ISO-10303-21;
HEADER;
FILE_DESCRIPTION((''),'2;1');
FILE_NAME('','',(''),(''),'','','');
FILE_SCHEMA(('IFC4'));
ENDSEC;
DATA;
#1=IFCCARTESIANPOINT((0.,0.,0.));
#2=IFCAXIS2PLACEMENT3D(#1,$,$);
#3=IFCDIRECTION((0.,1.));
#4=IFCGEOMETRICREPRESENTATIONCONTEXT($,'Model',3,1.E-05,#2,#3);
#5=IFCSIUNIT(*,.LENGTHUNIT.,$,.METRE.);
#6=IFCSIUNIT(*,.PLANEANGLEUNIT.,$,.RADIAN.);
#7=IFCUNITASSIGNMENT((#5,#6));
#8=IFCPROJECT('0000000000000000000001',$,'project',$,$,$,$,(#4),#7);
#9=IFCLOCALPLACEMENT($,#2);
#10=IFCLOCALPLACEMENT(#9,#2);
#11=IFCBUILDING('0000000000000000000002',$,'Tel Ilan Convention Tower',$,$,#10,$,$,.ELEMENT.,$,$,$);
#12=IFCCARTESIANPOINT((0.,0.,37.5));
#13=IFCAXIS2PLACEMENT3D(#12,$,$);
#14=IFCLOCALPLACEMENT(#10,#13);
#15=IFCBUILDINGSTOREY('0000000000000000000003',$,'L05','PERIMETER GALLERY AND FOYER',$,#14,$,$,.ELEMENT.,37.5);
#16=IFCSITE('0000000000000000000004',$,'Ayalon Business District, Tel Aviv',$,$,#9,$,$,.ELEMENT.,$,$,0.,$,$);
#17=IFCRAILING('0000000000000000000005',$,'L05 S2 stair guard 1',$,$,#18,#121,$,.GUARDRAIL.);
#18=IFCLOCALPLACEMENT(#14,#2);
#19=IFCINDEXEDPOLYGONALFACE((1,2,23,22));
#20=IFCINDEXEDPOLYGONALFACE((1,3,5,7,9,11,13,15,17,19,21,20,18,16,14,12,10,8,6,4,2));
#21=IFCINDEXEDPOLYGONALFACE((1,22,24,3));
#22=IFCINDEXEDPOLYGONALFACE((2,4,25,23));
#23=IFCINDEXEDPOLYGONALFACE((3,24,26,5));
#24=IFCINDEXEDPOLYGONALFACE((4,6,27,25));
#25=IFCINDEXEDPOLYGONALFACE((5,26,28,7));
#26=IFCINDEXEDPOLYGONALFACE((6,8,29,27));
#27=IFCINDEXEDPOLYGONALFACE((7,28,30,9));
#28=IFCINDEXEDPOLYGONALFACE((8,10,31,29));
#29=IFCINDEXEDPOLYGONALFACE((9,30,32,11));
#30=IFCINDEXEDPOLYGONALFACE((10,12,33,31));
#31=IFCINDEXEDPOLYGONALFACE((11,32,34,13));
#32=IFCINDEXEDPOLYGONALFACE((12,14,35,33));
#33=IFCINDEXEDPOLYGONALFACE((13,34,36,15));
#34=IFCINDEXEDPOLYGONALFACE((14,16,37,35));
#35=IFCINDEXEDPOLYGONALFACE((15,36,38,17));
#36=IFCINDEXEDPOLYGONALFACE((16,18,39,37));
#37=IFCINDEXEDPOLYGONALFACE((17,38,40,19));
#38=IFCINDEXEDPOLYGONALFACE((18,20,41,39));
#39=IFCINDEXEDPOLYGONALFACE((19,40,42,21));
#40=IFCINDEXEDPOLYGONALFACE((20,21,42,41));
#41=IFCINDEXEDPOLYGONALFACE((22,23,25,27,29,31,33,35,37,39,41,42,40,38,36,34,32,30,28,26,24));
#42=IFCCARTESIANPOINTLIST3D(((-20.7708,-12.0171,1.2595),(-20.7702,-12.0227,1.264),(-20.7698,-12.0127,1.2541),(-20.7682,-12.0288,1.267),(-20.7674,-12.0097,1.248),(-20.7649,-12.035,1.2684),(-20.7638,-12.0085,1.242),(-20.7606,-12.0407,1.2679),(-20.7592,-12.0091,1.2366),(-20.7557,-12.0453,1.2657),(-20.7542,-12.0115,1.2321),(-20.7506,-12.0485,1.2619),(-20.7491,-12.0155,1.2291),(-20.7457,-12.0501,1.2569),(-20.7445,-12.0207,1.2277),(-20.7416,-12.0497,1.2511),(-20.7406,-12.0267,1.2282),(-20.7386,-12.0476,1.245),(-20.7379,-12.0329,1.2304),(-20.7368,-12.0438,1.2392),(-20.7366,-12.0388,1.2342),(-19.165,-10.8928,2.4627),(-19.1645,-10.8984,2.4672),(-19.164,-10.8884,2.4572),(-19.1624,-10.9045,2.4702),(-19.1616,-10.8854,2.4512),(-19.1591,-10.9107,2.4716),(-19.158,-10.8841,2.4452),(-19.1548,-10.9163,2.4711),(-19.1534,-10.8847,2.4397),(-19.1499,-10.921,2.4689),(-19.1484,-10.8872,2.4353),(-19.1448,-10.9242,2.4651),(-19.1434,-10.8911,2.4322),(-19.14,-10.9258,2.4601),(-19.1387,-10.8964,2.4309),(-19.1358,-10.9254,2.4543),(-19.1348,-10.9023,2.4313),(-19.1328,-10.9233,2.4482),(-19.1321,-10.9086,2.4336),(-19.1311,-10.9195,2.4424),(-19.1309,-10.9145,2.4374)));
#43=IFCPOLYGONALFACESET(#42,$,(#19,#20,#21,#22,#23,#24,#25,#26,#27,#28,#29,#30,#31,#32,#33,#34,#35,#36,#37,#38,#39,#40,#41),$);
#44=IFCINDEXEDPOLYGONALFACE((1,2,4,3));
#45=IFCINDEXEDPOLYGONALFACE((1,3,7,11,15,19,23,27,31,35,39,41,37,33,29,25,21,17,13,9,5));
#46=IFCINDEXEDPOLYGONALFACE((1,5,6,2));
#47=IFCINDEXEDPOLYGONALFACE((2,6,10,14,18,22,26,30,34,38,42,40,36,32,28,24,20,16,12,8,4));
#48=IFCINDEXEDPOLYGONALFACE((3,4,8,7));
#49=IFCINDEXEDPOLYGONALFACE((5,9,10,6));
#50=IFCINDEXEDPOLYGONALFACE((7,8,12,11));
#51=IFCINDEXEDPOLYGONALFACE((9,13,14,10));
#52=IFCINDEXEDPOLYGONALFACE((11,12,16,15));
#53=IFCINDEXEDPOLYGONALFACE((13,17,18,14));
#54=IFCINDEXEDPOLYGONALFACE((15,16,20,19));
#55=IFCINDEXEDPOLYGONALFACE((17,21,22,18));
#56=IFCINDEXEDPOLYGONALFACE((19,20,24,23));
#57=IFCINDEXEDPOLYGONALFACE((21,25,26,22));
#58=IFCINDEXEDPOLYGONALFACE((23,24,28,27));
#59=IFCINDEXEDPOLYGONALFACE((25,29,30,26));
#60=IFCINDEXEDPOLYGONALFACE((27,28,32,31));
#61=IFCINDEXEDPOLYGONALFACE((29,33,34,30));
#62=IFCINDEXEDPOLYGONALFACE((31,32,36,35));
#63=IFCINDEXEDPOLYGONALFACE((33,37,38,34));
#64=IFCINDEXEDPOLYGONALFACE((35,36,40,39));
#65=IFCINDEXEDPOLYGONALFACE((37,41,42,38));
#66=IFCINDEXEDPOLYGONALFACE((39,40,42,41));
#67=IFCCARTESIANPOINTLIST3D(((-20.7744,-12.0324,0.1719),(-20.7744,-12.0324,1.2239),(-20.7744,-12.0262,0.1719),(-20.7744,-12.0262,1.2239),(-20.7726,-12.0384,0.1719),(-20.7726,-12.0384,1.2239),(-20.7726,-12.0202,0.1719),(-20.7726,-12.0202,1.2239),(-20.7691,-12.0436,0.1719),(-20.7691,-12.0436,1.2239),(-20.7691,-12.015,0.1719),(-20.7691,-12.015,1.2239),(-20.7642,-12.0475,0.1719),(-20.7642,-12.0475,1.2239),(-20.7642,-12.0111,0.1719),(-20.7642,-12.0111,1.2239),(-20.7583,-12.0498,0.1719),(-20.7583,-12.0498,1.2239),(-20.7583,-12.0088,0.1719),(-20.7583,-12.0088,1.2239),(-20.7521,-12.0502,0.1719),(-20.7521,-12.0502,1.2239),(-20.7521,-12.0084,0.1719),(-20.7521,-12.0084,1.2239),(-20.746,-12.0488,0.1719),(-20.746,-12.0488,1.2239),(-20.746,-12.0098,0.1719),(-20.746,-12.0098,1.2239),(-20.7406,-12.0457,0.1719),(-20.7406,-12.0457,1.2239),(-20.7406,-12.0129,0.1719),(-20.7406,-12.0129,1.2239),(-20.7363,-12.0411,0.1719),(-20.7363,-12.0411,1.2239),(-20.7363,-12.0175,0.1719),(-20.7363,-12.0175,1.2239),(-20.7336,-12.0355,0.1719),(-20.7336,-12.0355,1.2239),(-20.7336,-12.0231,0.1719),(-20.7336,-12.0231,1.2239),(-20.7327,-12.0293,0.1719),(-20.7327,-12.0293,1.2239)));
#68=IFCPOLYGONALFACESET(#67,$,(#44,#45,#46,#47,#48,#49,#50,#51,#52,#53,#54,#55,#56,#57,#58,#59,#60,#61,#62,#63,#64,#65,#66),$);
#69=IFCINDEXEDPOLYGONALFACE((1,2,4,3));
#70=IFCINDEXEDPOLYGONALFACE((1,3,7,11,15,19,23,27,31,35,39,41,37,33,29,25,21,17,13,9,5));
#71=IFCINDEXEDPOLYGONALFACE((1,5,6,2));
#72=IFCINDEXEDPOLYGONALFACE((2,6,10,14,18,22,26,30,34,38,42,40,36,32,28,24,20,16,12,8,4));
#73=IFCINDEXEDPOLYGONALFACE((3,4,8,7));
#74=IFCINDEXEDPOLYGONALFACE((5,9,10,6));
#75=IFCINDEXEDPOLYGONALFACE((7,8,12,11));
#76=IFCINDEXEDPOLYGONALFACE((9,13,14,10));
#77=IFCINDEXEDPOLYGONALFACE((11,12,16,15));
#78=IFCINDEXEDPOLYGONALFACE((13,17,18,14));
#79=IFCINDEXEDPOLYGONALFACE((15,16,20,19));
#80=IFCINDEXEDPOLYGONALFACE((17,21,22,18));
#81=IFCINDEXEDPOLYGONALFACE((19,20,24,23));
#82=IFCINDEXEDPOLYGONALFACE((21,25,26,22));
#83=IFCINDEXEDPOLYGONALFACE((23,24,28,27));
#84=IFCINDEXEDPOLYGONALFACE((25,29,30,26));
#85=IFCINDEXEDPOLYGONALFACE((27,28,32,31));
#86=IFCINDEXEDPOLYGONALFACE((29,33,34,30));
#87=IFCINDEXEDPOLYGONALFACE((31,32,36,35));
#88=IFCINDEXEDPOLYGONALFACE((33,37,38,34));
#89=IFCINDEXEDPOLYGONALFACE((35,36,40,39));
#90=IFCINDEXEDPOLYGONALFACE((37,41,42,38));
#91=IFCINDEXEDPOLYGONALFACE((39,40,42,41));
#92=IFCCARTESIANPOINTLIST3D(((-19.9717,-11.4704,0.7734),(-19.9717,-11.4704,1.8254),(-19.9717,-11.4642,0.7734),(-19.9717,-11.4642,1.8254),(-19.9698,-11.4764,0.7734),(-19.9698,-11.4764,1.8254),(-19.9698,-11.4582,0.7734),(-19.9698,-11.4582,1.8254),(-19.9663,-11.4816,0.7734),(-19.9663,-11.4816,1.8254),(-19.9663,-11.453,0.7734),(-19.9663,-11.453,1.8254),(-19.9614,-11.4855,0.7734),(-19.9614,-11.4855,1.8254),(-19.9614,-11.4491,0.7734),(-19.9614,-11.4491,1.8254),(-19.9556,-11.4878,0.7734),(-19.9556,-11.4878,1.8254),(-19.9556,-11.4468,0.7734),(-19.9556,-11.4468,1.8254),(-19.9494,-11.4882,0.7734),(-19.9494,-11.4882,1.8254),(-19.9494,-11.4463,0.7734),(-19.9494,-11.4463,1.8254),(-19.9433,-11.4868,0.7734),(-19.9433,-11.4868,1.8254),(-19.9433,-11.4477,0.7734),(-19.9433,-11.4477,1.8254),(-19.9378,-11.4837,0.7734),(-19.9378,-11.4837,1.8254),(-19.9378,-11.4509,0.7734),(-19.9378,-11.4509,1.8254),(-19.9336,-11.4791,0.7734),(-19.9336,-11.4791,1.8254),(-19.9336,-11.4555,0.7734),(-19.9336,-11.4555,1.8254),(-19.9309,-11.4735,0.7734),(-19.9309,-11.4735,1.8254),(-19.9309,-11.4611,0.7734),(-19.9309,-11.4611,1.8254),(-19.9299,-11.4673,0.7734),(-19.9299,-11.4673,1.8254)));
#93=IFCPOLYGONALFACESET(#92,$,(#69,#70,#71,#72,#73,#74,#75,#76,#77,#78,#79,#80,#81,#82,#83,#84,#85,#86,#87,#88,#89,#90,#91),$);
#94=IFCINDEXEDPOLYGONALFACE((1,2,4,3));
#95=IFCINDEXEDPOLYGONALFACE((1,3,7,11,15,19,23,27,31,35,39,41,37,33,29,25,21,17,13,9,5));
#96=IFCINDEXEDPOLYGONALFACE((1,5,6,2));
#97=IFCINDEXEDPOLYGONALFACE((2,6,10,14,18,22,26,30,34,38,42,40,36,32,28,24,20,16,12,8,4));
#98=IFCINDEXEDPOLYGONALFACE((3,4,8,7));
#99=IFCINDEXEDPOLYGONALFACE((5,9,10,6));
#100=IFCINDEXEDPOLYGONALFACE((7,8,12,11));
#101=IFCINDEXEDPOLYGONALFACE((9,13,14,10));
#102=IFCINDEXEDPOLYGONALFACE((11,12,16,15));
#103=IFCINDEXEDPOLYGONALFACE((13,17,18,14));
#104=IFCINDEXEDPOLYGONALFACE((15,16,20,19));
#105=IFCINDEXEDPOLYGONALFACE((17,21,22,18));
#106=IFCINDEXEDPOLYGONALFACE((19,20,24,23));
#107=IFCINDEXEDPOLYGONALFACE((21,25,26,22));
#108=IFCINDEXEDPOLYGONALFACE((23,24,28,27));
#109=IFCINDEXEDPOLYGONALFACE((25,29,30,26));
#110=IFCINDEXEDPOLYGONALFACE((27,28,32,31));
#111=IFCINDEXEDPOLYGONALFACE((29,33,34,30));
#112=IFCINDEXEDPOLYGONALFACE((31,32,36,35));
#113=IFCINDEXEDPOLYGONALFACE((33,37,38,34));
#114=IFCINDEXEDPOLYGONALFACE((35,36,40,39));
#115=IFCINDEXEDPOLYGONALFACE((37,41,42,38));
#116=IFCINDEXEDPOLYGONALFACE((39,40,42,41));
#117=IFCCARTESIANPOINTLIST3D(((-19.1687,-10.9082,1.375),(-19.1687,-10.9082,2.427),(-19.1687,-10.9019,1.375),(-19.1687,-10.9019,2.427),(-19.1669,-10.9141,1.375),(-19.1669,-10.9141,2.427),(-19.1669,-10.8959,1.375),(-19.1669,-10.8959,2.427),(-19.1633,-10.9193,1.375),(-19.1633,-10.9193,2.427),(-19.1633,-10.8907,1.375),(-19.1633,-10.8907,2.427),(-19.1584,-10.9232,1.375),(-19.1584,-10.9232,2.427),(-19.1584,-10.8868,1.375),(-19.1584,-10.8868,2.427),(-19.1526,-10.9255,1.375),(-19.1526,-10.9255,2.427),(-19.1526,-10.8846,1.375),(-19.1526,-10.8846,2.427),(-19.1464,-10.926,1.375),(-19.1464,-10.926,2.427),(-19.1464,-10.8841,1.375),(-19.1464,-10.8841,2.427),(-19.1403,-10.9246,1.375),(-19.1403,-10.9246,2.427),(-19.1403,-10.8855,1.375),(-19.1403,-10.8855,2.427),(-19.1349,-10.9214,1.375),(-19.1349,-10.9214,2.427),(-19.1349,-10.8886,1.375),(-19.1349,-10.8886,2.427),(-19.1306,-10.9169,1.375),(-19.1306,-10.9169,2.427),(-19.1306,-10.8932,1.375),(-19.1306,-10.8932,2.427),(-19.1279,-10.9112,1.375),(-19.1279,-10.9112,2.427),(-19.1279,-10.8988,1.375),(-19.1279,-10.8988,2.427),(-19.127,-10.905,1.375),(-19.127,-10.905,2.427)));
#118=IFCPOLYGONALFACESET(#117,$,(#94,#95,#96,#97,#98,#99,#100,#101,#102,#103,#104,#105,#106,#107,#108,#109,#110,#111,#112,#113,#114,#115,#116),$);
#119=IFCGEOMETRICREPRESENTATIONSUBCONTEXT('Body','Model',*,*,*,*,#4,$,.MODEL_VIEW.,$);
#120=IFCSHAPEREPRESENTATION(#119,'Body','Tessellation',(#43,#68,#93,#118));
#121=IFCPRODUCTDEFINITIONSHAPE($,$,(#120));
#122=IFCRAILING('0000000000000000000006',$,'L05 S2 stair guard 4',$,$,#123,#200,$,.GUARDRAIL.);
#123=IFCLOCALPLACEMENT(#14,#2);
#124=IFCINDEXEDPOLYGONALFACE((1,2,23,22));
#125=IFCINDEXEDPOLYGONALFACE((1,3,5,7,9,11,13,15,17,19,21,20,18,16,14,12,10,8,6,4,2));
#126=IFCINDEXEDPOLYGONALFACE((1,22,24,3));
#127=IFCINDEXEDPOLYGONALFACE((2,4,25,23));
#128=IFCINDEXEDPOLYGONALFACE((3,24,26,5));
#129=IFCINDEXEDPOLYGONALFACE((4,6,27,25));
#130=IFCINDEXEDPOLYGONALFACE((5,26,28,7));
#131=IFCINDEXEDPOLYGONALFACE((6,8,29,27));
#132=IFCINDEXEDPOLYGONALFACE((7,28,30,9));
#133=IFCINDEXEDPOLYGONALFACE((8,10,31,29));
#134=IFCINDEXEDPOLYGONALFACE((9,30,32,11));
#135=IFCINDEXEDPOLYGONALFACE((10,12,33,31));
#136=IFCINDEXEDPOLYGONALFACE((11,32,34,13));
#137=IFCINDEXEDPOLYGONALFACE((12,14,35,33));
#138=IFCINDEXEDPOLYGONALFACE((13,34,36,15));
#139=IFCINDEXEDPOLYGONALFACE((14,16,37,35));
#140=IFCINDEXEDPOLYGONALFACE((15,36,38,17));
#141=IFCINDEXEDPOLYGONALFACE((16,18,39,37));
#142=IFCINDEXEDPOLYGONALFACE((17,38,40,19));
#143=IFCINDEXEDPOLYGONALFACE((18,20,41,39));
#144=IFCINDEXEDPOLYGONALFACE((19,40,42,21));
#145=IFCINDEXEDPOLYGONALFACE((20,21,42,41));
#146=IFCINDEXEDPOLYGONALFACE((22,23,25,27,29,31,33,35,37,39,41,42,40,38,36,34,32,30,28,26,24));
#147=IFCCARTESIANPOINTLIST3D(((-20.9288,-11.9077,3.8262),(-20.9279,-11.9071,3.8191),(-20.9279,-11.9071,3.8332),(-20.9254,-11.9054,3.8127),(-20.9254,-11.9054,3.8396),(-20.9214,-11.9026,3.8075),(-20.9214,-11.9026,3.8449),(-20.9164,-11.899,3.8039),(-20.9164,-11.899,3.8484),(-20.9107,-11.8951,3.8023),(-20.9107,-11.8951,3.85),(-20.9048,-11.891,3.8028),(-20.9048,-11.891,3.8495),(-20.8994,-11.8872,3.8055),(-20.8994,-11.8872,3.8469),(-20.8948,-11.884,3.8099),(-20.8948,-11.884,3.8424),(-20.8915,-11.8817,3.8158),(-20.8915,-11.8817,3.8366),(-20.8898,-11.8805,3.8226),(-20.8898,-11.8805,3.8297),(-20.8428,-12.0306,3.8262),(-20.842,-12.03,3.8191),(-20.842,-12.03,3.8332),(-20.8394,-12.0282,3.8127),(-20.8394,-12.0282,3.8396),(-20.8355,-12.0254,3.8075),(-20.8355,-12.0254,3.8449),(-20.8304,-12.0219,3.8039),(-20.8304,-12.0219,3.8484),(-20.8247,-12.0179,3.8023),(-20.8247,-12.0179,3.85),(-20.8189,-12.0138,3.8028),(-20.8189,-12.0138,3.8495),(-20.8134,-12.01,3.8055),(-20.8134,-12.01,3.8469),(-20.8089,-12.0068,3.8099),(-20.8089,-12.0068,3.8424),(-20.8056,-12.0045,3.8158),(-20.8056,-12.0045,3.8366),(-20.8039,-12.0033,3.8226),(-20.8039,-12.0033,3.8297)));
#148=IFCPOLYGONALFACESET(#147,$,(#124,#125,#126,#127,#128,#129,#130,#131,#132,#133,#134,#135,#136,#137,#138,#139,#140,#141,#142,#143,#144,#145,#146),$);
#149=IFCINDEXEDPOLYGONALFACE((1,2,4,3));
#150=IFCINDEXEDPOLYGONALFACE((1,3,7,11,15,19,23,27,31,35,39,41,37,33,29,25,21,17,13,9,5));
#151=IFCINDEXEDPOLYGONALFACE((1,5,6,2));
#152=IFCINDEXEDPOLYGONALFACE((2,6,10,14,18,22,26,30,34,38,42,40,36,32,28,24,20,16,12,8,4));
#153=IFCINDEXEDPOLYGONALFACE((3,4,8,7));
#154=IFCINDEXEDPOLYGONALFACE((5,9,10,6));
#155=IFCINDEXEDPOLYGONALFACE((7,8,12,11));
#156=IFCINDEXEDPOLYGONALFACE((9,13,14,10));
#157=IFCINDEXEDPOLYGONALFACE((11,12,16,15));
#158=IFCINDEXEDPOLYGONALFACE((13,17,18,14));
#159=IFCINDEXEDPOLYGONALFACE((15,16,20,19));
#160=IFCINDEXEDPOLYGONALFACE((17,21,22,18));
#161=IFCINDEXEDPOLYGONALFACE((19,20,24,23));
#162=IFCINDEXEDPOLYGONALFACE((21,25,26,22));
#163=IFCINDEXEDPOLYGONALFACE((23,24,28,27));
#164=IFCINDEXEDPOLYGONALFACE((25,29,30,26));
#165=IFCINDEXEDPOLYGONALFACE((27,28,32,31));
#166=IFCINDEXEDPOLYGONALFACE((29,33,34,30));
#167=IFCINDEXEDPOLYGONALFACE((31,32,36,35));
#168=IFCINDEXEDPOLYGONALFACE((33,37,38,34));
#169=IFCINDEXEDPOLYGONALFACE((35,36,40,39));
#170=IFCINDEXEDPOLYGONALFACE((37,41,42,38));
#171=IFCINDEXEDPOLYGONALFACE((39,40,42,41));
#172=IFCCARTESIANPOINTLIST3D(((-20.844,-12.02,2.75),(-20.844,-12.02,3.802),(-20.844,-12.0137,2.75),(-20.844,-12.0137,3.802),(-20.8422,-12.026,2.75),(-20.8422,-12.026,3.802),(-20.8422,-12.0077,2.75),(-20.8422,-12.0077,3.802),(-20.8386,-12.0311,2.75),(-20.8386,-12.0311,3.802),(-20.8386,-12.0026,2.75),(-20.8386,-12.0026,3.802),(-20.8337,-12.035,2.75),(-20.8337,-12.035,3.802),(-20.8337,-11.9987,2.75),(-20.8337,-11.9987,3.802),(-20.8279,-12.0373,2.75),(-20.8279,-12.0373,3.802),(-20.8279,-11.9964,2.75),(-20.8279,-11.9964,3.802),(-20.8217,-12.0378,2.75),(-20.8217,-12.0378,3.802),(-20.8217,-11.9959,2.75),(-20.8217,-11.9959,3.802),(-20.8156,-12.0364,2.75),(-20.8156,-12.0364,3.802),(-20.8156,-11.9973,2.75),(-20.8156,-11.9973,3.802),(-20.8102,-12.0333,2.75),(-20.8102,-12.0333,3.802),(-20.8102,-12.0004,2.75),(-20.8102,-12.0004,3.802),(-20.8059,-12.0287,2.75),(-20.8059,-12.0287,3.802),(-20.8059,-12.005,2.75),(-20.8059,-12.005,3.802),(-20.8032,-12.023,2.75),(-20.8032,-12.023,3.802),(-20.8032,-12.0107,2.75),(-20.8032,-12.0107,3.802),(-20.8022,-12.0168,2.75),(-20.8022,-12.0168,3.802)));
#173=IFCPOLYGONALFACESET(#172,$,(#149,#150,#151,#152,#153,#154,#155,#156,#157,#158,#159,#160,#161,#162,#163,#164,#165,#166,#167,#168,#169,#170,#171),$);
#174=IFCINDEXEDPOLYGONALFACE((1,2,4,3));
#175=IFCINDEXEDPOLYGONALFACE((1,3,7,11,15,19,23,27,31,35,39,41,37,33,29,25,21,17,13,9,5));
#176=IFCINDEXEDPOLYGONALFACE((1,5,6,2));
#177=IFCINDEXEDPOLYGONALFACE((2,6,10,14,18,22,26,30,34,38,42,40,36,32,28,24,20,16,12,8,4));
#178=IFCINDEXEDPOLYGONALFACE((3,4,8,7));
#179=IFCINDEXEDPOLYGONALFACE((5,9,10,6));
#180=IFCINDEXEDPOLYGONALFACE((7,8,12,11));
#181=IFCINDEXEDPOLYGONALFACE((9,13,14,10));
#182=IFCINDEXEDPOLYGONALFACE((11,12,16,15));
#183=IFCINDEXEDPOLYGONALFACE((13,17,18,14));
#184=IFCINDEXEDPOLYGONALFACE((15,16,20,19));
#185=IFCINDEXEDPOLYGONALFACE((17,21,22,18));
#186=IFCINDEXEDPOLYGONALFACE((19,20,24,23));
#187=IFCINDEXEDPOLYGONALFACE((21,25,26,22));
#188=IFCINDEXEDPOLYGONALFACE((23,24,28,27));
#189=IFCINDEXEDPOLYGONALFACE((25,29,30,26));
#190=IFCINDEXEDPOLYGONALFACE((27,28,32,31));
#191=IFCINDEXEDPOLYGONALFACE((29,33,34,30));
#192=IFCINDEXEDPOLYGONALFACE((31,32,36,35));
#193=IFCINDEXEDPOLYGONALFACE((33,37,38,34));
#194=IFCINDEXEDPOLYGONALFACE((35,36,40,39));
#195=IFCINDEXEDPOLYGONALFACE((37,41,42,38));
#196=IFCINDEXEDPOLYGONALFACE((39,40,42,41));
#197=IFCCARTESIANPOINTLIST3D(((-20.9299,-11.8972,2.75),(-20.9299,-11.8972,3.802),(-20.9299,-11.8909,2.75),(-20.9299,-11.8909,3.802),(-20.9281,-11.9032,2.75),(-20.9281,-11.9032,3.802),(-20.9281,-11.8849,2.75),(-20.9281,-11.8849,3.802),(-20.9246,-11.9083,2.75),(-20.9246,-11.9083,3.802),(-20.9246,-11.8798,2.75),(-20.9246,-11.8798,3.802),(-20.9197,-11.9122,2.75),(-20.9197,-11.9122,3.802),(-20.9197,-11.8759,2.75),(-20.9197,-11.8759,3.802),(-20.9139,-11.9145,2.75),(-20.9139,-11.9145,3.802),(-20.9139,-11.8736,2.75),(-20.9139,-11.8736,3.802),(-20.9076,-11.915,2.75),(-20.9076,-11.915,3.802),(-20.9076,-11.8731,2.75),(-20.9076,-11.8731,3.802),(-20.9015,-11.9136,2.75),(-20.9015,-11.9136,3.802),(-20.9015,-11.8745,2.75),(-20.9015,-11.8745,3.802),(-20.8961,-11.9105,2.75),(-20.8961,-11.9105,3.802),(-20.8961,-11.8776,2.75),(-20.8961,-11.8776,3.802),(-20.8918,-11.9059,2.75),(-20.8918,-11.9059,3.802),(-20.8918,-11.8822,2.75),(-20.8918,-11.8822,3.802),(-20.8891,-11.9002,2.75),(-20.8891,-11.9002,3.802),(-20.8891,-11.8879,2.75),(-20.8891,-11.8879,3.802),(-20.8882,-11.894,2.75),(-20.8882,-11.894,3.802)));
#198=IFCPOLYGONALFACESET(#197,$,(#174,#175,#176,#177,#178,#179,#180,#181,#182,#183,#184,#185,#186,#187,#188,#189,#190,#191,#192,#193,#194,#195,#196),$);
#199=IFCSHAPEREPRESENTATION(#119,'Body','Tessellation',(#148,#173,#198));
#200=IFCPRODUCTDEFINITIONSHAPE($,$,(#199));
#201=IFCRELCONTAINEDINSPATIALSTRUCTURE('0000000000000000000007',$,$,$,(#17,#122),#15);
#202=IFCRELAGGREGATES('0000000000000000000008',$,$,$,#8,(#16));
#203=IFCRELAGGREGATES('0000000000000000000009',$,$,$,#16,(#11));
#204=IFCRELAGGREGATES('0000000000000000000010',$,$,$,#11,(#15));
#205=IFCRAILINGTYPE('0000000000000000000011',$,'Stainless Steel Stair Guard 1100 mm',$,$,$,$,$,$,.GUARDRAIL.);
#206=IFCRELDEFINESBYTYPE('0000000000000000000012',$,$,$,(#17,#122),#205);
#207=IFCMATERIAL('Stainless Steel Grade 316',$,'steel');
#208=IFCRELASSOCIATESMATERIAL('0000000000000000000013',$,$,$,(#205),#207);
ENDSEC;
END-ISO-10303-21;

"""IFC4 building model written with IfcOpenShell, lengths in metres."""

from ifc_helpers import new_model, si_unit, direction, frame, origin, origin_2d, place, context, subcontext, project, spatial, circle, extrude, material, type_object, element, save


model = new_model("IFC4")

# Units and contexts
model_context = context("Model", 3, precision=1e-05, world=origin(), true_north=direction((0.0, 1.0)))
body_context = subcontext(model_context, "Body", "Model", "MODEL_VIEW")
ifc_project = project(units=[si_unit("LENGTHUNIT", "METRE"), si_unit("PLANEANGLEUNIT", "RADIAN")], contexts=[model_context])

# Site, building, storey
site_placement = place(None, origin())
site = spatial("IfcSite", under=ifc_project, at=site_placement, Name="Ayalon Business District, Tel Aviv", CompositionType="ELEMENT", RefElevation=0.0)
building_placement = place(site_placement, origin())
building = spatial("IfcBuilding", under=site, at=building_placement, Name="Tel Ilan Convention Tower", CompositionType="ELEMENT")
storey_placement = place(building_placement, frame((0.0, 0.0, 37.5)))
storey = spatial("IfcBuildingStorey", under=building, at=storey_placement, Name="L05", Description="PERIMETER GALLERY AND FOYER", CompositionType="ELEMENT", Elevation=37.5)

# Railings
ifc_material_1 = material(Name="Stainless Steel Grade 316", Category="steel")
railing_type_1 = type_object("IfcRailingType", Name="Stainless Steel Stair Guard 1100 mm", PredefinedType="GUARDRAIL", material=ifc_material_1)
railing_1_placement = place(storey_placement, frame((-20.7537, -12.0293, 0.1719)))
element("IfcRailing", 1, at=railing_1_placement, inside=storey, type_object=railing_type_1, Name="L05 S2 stair guard 1", PredefinedType="GUARDRAIL", context=body_context, shape_type="SweptSolid", body=[
    extrude(circle(Radius=0.0239, at=origin_2d()), frame((0.0, 0.0, 1.0762), z_axis=(0.698149, 0.488821, 0.523108), x_axis=(-0.573554, 0.819168, 0.0)), (0.0, 0.0, 1.0), 2.3),
    extrude(circle(Radius=0.021, at=origin_2d()), origin(), (0.0, 0.0, 1.0), 1.052),
    extrude(circle(Radius=0.021, at=origin_2d()), frame((0.8027, 0.562, 0.6016)), (0.0, 0.0, 1.0), 1.052),
    extrude(circle(Radius=0.021, at=origin_2d()), frame((1.6057, 1.1243, 1.2031)), (0.0, 0.0, 1.0), 1.052),
])
railing_2_placement = place(storey_placement, frame((-20.8232, -12.0168, 2.75)))
element("IfcRailing", 2, at=railing_2_placement, inside=storey, type_object=railing_type_1, Name="L05 S2 stair guard 4", PredefinedType="GUARDRAIL", context=body_context, shape_type="SweptSolid", body=[
    extrude(circle(Radius=0.0239, at=origin_2d()), frame((0.0, 0.0, 1.0762), z_axis=(-0.573353, 0.819308, 0.0), x_axis=(-0.819308, -0.573353, 0.0)), (0.0, 0.0, 1.0), 0.1499),
    extrude(circle(Radius=0.021, at=origin_2d()), origin(), (0.0, 0.0, 1.0), 1.052),
    extrude(circle(Radius=0.021, at=origin_2d()), frame((-0.0859, 0.1228, 0.0)), (0.0, 0.0, 1.0), 1.052),
])

save(model, "model.ifc")
